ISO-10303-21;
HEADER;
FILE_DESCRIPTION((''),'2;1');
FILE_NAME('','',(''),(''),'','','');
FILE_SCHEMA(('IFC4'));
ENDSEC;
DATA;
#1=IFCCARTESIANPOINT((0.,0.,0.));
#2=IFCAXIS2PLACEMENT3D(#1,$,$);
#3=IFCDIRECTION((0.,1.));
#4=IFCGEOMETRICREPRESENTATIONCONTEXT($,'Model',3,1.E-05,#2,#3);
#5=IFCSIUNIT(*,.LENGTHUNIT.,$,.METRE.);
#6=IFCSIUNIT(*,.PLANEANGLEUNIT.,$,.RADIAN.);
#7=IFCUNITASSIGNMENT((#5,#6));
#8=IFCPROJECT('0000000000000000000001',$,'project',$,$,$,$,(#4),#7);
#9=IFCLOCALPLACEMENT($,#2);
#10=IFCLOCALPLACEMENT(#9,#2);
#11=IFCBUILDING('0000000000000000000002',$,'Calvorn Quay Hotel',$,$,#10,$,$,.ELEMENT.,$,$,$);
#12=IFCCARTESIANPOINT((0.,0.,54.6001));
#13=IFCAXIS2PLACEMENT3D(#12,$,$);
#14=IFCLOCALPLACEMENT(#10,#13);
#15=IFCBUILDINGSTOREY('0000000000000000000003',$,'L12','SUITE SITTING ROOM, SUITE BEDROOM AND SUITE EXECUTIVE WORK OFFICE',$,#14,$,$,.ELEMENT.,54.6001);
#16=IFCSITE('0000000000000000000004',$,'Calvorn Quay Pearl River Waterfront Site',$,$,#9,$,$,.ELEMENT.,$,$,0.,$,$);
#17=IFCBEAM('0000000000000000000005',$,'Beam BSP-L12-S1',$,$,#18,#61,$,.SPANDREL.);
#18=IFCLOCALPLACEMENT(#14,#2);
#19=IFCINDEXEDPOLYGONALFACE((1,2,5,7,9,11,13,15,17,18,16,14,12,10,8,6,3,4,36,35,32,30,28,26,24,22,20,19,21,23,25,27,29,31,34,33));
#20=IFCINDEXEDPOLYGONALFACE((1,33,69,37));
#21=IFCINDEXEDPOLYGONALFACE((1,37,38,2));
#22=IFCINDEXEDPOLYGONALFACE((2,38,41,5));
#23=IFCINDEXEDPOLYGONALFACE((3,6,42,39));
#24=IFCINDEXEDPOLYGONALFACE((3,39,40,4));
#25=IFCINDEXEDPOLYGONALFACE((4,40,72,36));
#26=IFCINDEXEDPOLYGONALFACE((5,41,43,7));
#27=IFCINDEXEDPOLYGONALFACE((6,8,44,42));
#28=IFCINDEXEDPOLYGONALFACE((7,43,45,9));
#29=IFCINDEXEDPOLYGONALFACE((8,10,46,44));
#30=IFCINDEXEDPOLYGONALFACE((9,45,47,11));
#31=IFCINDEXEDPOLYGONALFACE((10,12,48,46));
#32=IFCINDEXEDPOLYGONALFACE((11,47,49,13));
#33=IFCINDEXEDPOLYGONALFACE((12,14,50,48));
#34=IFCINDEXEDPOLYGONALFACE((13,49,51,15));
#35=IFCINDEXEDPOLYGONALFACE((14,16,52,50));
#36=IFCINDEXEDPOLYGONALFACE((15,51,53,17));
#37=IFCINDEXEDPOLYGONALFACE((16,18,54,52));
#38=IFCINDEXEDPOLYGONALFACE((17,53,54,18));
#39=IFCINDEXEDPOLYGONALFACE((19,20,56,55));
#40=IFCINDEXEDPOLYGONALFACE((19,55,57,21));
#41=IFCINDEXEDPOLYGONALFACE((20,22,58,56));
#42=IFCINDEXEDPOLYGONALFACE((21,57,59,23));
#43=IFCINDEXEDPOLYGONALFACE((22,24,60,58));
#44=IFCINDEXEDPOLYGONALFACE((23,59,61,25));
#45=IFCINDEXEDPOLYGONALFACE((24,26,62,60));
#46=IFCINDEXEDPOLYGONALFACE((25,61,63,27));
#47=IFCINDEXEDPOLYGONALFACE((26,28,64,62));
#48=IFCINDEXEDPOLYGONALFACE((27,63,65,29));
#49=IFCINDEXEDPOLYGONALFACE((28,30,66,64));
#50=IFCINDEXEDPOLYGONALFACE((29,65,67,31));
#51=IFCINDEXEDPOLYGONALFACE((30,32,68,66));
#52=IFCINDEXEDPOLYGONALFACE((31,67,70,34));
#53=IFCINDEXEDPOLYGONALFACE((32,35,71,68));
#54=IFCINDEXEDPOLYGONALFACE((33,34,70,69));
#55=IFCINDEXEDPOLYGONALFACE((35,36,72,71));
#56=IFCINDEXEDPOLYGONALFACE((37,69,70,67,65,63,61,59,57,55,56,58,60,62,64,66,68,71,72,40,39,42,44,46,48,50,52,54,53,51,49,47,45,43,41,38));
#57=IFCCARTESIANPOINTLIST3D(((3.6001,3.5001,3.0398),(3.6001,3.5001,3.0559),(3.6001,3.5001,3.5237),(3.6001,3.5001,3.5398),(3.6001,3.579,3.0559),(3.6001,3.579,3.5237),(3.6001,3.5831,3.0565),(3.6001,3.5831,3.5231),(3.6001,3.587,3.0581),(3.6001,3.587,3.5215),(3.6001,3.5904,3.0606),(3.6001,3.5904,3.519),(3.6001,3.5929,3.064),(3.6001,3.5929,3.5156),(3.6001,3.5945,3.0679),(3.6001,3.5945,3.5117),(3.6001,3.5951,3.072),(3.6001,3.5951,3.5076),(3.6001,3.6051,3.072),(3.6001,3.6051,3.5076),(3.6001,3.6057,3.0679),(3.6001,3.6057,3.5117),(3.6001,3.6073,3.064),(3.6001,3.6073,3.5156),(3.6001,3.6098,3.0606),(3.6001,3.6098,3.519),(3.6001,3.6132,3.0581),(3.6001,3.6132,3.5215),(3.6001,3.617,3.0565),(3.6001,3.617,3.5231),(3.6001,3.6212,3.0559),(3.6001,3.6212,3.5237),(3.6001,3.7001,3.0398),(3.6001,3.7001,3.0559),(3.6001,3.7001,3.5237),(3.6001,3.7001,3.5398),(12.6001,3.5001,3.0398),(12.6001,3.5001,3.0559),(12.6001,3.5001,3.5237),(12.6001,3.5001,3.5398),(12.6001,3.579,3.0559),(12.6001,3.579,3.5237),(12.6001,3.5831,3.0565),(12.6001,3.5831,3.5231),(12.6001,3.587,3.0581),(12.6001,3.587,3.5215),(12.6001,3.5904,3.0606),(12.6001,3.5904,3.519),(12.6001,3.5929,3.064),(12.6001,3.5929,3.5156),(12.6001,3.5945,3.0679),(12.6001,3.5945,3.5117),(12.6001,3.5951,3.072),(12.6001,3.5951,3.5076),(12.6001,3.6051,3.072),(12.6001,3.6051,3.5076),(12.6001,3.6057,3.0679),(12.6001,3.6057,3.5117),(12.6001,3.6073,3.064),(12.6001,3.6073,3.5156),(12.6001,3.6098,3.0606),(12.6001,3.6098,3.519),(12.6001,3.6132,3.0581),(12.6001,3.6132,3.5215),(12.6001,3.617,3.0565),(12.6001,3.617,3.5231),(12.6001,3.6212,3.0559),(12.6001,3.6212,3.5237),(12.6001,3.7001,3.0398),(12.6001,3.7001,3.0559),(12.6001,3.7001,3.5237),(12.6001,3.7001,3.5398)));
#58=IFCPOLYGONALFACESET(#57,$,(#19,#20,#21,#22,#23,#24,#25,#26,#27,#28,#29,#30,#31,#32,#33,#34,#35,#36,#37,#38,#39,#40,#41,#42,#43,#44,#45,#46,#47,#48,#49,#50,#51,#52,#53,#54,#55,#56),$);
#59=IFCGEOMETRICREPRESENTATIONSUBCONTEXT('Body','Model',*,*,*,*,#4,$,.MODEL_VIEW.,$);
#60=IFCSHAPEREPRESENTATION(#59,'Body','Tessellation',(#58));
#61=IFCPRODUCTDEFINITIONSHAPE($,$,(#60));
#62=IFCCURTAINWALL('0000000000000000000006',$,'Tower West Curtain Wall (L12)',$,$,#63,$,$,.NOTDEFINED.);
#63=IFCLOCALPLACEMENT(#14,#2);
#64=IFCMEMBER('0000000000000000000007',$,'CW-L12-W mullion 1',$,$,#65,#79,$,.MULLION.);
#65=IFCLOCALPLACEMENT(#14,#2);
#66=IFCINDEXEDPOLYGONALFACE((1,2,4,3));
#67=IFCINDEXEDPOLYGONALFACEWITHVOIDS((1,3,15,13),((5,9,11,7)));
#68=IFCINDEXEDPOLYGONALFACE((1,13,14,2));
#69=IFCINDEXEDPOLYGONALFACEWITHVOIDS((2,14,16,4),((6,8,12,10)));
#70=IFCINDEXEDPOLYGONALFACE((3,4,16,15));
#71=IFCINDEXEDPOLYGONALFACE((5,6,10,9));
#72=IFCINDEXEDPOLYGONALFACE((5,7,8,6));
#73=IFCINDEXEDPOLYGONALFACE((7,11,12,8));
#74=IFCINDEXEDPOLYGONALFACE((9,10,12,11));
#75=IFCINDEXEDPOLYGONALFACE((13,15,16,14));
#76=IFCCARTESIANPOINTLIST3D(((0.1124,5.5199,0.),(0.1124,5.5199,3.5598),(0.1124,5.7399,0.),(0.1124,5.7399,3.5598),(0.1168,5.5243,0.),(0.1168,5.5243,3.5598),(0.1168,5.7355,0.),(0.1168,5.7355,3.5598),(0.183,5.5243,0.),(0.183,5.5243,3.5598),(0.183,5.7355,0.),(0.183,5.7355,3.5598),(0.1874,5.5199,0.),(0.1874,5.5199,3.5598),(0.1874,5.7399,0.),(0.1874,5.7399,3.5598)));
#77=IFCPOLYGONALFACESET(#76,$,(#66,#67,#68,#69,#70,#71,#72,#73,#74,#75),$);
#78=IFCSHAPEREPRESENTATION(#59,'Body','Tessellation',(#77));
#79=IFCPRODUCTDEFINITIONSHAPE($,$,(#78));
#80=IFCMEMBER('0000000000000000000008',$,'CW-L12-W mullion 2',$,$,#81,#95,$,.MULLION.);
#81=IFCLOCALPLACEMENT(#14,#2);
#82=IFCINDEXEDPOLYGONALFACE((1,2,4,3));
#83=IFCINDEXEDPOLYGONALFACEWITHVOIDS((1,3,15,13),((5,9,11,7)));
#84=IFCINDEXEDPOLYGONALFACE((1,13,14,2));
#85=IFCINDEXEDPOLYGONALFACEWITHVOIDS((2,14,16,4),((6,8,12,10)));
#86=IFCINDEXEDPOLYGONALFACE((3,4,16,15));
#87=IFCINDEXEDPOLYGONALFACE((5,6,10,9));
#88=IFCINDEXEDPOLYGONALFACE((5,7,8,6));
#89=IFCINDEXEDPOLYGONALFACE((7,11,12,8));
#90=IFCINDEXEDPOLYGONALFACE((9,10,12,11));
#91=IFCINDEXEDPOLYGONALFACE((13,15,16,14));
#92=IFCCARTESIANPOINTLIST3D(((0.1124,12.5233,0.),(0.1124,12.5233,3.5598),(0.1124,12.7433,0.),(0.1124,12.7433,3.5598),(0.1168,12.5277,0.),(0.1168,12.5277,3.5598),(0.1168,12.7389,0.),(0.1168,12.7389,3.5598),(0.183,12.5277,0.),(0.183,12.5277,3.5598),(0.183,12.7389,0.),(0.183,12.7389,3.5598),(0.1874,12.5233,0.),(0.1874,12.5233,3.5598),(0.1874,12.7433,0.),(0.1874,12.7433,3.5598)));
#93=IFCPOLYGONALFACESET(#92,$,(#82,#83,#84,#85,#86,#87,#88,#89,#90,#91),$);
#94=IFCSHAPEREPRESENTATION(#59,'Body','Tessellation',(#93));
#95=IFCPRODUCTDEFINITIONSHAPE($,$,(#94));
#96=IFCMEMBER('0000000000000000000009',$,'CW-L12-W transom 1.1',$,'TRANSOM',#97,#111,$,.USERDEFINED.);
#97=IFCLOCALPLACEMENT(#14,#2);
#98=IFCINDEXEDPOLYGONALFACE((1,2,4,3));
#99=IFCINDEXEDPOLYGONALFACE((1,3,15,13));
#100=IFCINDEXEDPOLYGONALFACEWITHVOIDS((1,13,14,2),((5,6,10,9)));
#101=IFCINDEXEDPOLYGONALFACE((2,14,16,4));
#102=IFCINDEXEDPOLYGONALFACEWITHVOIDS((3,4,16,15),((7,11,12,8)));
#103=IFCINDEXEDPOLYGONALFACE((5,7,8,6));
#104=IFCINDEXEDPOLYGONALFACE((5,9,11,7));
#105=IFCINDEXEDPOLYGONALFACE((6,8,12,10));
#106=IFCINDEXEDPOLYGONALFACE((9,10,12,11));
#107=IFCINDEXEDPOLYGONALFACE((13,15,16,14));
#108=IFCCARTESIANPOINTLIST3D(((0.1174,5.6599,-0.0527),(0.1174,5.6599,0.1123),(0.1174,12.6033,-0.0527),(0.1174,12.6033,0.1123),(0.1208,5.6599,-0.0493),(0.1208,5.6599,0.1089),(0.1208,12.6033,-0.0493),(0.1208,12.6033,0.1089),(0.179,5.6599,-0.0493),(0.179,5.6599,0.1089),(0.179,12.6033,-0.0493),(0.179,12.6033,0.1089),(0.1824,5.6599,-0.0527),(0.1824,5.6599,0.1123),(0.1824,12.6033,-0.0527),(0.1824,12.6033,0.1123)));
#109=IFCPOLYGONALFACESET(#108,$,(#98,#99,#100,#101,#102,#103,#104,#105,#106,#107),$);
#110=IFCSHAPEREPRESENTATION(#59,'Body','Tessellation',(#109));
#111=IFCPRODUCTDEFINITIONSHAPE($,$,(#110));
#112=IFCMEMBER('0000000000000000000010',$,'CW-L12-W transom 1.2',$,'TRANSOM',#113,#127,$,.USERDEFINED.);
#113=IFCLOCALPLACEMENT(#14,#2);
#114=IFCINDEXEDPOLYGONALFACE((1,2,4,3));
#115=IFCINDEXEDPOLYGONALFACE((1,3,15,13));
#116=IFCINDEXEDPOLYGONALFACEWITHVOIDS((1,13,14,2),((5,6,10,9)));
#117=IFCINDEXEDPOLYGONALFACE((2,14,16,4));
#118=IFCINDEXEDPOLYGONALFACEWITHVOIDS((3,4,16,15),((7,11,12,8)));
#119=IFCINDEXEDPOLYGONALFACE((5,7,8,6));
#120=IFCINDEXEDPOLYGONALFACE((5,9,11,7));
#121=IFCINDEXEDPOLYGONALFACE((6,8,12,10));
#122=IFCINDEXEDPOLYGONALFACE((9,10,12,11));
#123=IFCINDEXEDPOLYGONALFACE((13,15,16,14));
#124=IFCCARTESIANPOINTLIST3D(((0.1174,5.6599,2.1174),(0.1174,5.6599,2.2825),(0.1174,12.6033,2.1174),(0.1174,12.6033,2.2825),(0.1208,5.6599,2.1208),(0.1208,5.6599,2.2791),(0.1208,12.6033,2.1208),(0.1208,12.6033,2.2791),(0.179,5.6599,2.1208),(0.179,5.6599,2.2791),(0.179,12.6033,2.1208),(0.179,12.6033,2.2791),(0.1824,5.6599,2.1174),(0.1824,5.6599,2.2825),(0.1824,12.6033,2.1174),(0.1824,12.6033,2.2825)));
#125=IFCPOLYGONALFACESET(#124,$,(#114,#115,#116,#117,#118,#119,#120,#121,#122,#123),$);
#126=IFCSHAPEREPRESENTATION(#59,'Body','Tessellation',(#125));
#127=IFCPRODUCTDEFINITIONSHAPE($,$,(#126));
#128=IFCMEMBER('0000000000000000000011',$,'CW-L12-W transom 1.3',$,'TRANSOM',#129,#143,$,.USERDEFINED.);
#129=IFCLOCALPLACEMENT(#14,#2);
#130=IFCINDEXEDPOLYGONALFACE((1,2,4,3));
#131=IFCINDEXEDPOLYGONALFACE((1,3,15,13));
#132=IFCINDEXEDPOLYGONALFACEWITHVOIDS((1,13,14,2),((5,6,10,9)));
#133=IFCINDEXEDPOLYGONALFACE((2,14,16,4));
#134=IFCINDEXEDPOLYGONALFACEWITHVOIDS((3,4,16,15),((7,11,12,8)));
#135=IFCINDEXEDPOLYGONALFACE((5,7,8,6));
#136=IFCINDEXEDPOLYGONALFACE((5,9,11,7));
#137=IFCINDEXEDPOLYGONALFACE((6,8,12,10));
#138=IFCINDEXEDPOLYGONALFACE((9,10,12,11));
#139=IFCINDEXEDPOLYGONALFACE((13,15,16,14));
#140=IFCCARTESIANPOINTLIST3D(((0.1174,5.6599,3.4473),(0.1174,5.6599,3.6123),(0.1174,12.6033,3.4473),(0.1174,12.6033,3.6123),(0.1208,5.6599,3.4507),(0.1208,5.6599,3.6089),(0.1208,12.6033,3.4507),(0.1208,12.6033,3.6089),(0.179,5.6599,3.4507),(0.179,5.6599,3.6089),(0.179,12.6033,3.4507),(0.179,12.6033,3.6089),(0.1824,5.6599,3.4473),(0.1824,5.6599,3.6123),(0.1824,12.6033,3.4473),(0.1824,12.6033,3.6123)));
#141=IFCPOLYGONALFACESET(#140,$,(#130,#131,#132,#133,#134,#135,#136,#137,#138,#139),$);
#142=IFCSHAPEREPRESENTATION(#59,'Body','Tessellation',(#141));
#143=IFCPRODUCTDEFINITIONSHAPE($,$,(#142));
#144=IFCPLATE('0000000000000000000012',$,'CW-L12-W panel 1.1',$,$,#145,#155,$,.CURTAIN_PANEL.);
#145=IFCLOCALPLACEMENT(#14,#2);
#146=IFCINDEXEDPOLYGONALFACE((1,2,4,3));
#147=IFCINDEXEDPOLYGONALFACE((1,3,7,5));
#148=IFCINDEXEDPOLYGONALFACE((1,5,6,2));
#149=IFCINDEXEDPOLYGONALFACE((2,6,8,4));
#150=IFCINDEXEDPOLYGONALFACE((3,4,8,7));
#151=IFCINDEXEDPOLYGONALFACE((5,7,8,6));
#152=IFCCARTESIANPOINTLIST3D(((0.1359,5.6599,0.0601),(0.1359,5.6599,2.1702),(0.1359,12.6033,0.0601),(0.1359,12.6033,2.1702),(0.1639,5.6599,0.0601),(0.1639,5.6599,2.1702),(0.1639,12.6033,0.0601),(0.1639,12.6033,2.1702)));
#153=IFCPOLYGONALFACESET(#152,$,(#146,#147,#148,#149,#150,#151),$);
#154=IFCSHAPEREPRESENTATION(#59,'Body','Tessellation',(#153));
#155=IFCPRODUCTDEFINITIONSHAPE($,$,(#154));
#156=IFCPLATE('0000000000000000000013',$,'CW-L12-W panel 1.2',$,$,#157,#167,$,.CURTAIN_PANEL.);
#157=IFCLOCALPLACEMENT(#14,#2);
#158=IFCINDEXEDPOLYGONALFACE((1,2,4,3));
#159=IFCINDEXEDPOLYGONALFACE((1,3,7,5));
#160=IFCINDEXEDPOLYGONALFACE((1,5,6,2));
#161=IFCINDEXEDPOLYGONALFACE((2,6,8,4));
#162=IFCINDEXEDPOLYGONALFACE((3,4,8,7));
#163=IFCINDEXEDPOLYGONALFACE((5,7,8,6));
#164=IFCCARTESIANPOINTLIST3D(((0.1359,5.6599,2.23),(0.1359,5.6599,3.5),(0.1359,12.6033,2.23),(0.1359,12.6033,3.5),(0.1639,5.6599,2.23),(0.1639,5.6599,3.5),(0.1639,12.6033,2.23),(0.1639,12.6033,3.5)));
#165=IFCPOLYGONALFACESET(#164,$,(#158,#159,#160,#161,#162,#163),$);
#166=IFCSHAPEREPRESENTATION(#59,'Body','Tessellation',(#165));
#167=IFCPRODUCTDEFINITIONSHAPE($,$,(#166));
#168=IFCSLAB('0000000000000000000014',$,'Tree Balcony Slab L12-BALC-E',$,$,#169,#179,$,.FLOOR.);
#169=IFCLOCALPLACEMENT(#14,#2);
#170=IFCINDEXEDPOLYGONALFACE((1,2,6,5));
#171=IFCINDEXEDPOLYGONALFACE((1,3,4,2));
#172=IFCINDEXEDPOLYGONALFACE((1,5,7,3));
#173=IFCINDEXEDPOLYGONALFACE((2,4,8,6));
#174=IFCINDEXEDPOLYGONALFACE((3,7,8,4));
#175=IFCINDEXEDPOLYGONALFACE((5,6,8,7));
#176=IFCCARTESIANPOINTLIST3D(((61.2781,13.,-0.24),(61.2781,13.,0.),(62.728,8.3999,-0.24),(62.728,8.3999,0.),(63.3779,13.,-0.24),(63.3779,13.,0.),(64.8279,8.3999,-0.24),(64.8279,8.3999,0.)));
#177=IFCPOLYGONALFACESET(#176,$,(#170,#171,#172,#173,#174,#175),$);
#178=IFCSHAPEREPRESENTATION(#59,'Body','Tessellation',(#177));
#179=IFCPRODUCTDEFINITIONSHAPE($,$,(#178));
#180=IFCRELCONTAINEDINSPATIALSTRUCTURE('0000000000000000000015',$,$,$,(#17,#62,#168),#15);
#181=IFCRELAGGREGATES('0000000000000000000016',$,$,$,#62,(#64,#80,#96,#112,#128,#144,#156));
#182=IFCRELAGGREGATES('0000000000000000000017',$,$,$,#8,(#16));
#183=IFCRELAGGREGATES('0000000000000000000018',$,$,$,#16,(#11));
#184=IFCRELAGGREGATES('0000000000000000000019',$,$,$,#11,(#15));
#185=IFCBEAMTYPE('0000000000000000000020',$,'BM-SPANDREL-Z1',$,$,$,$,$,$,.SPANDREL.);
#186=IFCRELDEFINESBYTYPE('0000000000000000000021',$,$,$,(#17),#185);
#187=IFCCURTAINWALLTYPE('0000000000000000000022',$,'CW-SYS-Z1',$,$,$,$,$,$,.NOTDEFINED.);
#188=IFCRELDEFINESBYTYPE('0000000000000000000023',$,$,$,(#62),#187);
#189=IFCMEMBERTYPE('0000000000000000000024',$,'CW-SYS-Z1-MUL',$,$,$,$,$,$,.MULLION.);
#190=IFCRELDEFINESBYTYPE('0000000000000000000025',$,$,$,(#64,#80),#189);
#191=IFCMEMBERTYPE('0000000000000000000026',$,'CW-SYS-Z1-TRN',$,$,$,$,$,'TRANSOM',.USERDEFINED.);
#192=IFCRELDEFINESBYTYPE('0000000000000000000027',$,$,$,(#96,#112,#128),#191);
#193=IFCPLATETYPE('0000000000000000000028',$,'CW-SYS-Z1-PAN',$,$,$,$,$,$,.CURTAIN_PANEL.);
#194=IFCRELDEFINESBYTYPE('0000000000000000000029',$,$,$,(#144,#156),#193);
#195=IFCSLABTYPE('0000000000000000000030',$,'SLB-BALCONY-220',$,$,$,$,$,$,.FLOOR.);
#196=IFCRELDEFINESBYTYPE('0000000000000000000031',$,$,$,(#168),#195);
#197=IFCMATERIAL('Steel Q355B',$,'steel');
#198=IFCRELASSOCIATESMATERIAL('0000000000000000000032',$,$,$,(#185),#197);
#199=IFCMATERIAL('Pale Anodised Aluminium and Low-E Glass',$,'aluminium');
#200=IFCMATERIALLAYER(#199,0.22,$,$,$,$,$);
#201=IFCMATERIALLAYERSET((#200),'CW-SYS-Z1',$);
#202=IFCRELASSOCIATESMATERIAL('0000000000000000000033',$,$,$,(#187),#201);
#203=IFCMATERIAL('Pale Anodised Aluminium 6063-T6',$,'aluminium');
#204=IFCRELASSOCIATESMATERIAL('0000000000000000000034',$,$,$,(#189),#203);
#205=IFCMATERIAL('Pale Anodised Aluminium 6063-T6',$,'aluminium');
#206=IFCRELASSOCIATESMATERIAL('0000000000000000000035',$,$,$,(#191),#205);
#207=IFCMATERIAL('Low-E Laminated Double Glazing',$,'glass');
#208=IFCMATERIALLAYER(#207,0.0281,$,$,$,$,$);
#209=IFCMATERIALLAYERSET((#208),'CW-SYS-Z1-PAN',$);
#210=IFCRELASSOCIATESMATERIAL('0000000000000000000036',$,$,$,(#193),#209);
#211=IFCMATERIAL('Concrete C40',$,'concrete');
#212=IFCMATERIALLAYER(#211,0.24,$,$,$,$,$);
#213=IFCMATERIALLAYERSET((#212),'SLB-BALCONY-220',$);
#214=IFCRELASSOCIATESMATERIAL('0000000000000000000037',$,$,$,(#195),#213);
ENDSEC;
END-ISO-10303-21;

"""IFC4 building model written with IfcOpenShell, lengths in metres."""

from ifc_helpers import new_model, si_unit, direction, frame, origin, origin_2d, place, context, subcontext, project, spatial, polyline, rectangle, hollow_rectangle, i_section, outline, extrude, material, layer, layer_set, material_profile, profile_set, type_object, element, aggregate, save


model = new_model("IFC4")

# Units and contexts
model_context = context("Model", 3, precision=1e-05, world=origin(), true_north=direction((0.0, 1.0)))
body_context = subcontext(model_context, "Body", "Model", "MODEL_VIEW")
ifc_project = project(units=[si_unit("LENGTHUNIT", "METRE"), si_unit("PLANEANGLEUNIT", "RADIAN")], contexts=[model_context])

# Site, building, storey
site_placement = place(None, origin())
site = spatial("IfcSite", under=ifc_project, at=site_placement, Name="Calvorn Quay Pearl River Waterfront Site", CompositionType="ELEMENT", RefElevation=0.0)
building_placement = place(site_placement, origin())
building = spatial("IfcBuilding", under=site, at=building_placement, Name="Calvorn Quay Hotel", CompositionType="ELEMENT")
storey_placement = place(building_placement, frame((0.0, 0.0, 54.6001)))
storey = spatial("IfcBuildingStorey", under=building, at=storey_placement, Name="L12", Description="SUITE SITTING ROOM, SUITE BEDROOM AND SUITE EXECUTIVE WORK OFFICE", CompositionType="ELEMENT", Elevation=54.6001)

# Beam
ifc_material_1 = material(Name="Steel Q355B", Category="steel")
ifc_material_profile_1 = material_profile(ifc_material_1, i_section(OverallWidth=0.2, OverallDepth=0.5, WebThickness=0.01, FlangeThickness=0.0161, FilletRadius=0.0161, at=origin_2d()), Name="HN500x200x10x16")
ifc_profile_set_1 = profile_set([ifc_material_profile_1], Name="Steel Q355B")
beam_type_1 = type_object("IfcBeamType", Name="BM-SPANDREL-Z1", PredefinedType="SPANDREL", material=ifc_profile_set_1)
beam_1_placement = place(storey_placement, frame((3.6001, 3.6001, 3.2898), z_axis=(1.0, 0.0, 0.0), x_axis=(0.0, 1.0, 0.0)))
element("IfcBeam", 1, at=beam_1_placement, inside=storey, type_object=beam_type_1, Name="Beam BSP-L12-S1", PredefinedType="SPANDREL", context=body_context, shape_type="SweptSolid", body=[
    extrude(i_section(OverallWidth=0.2, OverallDepth=0.5, WebThickness=0.01, FlangeThickness=0.0161, FilletRadius=0.0161, at=origin_2d()), origin(), (0.0, 0.0, 1.0), 9.0),
])

# Curtain wall, members, plates
ifc_material_2 = material(Name="Pale Anodised Aluminium and Low-E Glass", Category="aluminium")
ifc_layer_1 = layer(ifc_material_2, 0.22)
ifc_layer_set_1 = layer_set([ifc_layer_1], Name="CW-SYS-Z1")
curtain_wall_type = type_object("IfcCurtainWallType", Name="CW-SYS-Z1", PredefinedType="NOTDEFINED", material=ifc_layer_set_1)
curtain_wall_placement = place(storey_placement, origin())
curtain_wall = element("IfcCurtainWall", 2, at=curtain_wall_placement, inside=storey, type_object=curtain_wall_type, Name="Tower West Curtain Wall (L12)", PredefinedType="NOTDEFINED")
ifc_material_3 = material(Name="Pale Anodised Aluminium 6063-T6", Category="aluminium")
ifc_material_profile_2 = material_profile(ifc_material_3, hollow_rectangle(XDim=0.075, YDim=0.22, WallThickness=0.0044, at=origin_2d()), Name="ALU-M220x75x4.5")
ifc_profile_set_2 = profile_set([ifc_material_profile_2], Name="Pale Anodised Aluminium 6063-T6")
member_type_1 = type_object("IfcMemberType", Name="CW-SYS-Z1-MUL", PredefinedType="MULLION", material=ifc_profile_set_2)
member_1_placement = place(storey_placement, frame((0.1499, 5.6299, 0.0), z_axis=(0.0, 0.0, 1.0), x_axis=(-1.0, 0.0, 0.0)))
member_1 = element("IfcMember", 3, at=member_1_placement, type_object=member_type_1, Name="CW-L12-W mullion 1", PredefinedType="MULLION", context=body_context, shape_type="SweptSolid", body=[
    extrude(hollow_rectangle(XDim=0.075, YDim=0.22, WallThickness=0.0044, at=origin_2d()), origin(), (0.0, 0.0, 1.0), 3.5598),
])
member_2_placement = place(storey_placement, frame((0.1499, 12.6333, 0.0), z_axis=(0.0, 0.0, 1.0), x_axis=(-1.0, 0.0, 0.0)))
member_2 = element("IfcMember", 4, at=member_2_placement, type_object=member_type_1, Name="CW-L12-W mullion 2", PredefinedType="MULLION", context=body_context, shape_type="SweptSolid", body=[
    extrude(hollow_rectangle(XDim=0.075, YDim=0.22, WallThickness=0.0044, at=origin_2d()), origin(), (0.0, 0.0, 1.0), 3.5598),
])
ifc_material_4 = material(Name="Pale Anodised Aluminium 6063-T6", Category="aluminium")
ifc_material_profile_3 = material_profile(ifc_material_4, hollow_rectangle(XDim=0.0649, YDim=0.165, WallThickness=0.0034, at=origin_2d()), Name="ALU-T165x65x3.5")
ifc_profile_set_3 = profile_set([ifc_material_profile_3], Name="Pale Anodised Aluminium 6063-T6")
member_type_2 = type_object("IfcMemberType", Name="CW-SYS-Z1-TRN", ElementType="TRANSOM", PredefinedType="USERDEFINED", material=ifc_profile_set_3)
member_3_placement = place(storey_placement, frame((0.1499, 5.6599, 0.0298), z_axis=(0.0, 1.0, 0.0), x_axis=(-1.0, 0.0, 0.0)))
member_3 = element("IfcMember", 5, at=member_3_placement, type_object=member_type_2, Name="CW-L12-W transom 1.1", ObjectType="TRANSOM", PredefinedType="USERDEFINED", context=body_context, shape_type="SweptSolid", body=[
    extrude(hollow_rectangle(XDim=0.0649, YDim=0.165, WallThickness=0.0034, at=origin_2d()), origin(), (0.0, 0.0, 1.0), 6.9434),
])
member_4_placement = place(storey_placement, frame((0.1499, 5.6599, 2.2), z_axis=(0.0, 1.0, 0.0), x_axis=(-1.0, 0.0, 0.0)))
member_4 = element("IfcMember", 6, at=member_4_placement, type_object=member_type_2, Name="CW-L12-W transom 1.2", ObjectType="TRANSOM", PredefinedType="USERDEFINED", context=body_context, shape_type="SweptSolid", body=[
    extrude(hollow_rectangle(XDim=0.0649, YDim=0.165, WallThickness=0.0034, at=origin_2d()), origin(), (0.0, 0.0, 1.0), 6.9434),
])
member_5_placement = place(storey_placement, frame((0.1499, 5.6599, 3.5298), z_axis=(0.0, 1.0, 0.0), x_axis=(-1.0, 0.0, 0.0)))
member_5 = element("IfcMember", 7, at=member_5_placement, type_object=member_type_2, Name="CW-L12-W transom 1.3", ObjectType="TRANSOM", PredefinedType="USERDEFINED", context=body_context, shape_type="SweptSolid", body=[
    extrude(hollow_rectangle(XDim=0.0649, YDim=0.165, WallThickness=0.0034, at=origin_2d()), origin(), (0.0, 0.0, 1.0), 6.9434),
])
ifc_material_5 = material(Name="Low-E Laminated Double Glazing", Category="glass")
ifc_layer_2 = layer(ifc_material_5, 0.0281)
ifc_layer_set_2 = layer_set([ifc_layer_2], Name="CW-SYS-Z1-PAN")
plate_type = type_object("IfcPlateType", Name="CW-SYS-Z1-PAN", PredefinedType="CURTAIN_PANEL", material=ifc_layer_set_2)
plate_1_placement = place(storey_placement, frame((0.1499, 9.1316, 0.0601), z_axis=(0.0, 0.0, 1.0), x_axis=(0.0, 1.0, 0.0)))
plate_1 = element("IfcPlate", 8, at=plate_1_placement, type_object=plate_type, Name="CW-L12-W panel 1.1", PredefinedType="CURTAIN_PANEL", context=body_context, shape_type="SweptSolid", body=[
    extrude(rectangle(XDim=6.9434, YDim=0.0281, at=origin_2d()), origin(), (0.0, 0.0, 1.0), 2.1101),
])
plate_2_placement = place(storey_placement, frame((0.1499, 9.1316, 2.23), z_axis=(0.0, 0.0, 1.0), x_axis=(0.0, 1.0, 0.0)))
plate_2 = element("IfcPlate", 9, at=plate_2_placement, type_object=plate_type, Name="CW-L12-W panel 1.2", PredefinedType="CURTAIN_PANEL", context=body_context, shape_type="SweptSolid", body=[
    extrude(rectangle(XDim=6.9434, YDim=0.0281, at=origin_2d()), origin(), (0.0, 0.0, 1.0), 1.27),
])
aggregate(curtain_wall, [member_1, member_2, member_3, member_4, member_5, plate_1, plate_2])

# Slab
ifc_material_6 = material(Name="Concrete C40", Category="concrete")
ifc_layer_3 = layer(ifc_material_6, 0.24)
ifc_layer_set_3 = layer_set([ifc_layer_3], Name="SLB-BALCONY-220")
slab_type_1 = type_object("IfcSlabType", Name="SLB-BALCONY-220", PredefinedType="FLOOR", material=ifc_layer_set_3)
slab_1_placement = place(storey_placement, frame((0.0, 0.0, -0.24)))
element("IfcSlab", 10, at=slab_1_placement, inside=storey, type_object=slab_type_1, Name="Tree Balcony Slab L12-BALC-E", PredefinedType="FLOOR", context=body_context, shape_type="SweptSolid", body=[
    extrude(outline(polyline([(62.728, 8.3999), (64.8279, 8.3999), (63.3779, 13.0), (61.2781, 13.0), (62.728, 8.3999)])), origin(), (0.0, 0.0, 1.0), 0.24),
])

save(model, "model.ifc")
